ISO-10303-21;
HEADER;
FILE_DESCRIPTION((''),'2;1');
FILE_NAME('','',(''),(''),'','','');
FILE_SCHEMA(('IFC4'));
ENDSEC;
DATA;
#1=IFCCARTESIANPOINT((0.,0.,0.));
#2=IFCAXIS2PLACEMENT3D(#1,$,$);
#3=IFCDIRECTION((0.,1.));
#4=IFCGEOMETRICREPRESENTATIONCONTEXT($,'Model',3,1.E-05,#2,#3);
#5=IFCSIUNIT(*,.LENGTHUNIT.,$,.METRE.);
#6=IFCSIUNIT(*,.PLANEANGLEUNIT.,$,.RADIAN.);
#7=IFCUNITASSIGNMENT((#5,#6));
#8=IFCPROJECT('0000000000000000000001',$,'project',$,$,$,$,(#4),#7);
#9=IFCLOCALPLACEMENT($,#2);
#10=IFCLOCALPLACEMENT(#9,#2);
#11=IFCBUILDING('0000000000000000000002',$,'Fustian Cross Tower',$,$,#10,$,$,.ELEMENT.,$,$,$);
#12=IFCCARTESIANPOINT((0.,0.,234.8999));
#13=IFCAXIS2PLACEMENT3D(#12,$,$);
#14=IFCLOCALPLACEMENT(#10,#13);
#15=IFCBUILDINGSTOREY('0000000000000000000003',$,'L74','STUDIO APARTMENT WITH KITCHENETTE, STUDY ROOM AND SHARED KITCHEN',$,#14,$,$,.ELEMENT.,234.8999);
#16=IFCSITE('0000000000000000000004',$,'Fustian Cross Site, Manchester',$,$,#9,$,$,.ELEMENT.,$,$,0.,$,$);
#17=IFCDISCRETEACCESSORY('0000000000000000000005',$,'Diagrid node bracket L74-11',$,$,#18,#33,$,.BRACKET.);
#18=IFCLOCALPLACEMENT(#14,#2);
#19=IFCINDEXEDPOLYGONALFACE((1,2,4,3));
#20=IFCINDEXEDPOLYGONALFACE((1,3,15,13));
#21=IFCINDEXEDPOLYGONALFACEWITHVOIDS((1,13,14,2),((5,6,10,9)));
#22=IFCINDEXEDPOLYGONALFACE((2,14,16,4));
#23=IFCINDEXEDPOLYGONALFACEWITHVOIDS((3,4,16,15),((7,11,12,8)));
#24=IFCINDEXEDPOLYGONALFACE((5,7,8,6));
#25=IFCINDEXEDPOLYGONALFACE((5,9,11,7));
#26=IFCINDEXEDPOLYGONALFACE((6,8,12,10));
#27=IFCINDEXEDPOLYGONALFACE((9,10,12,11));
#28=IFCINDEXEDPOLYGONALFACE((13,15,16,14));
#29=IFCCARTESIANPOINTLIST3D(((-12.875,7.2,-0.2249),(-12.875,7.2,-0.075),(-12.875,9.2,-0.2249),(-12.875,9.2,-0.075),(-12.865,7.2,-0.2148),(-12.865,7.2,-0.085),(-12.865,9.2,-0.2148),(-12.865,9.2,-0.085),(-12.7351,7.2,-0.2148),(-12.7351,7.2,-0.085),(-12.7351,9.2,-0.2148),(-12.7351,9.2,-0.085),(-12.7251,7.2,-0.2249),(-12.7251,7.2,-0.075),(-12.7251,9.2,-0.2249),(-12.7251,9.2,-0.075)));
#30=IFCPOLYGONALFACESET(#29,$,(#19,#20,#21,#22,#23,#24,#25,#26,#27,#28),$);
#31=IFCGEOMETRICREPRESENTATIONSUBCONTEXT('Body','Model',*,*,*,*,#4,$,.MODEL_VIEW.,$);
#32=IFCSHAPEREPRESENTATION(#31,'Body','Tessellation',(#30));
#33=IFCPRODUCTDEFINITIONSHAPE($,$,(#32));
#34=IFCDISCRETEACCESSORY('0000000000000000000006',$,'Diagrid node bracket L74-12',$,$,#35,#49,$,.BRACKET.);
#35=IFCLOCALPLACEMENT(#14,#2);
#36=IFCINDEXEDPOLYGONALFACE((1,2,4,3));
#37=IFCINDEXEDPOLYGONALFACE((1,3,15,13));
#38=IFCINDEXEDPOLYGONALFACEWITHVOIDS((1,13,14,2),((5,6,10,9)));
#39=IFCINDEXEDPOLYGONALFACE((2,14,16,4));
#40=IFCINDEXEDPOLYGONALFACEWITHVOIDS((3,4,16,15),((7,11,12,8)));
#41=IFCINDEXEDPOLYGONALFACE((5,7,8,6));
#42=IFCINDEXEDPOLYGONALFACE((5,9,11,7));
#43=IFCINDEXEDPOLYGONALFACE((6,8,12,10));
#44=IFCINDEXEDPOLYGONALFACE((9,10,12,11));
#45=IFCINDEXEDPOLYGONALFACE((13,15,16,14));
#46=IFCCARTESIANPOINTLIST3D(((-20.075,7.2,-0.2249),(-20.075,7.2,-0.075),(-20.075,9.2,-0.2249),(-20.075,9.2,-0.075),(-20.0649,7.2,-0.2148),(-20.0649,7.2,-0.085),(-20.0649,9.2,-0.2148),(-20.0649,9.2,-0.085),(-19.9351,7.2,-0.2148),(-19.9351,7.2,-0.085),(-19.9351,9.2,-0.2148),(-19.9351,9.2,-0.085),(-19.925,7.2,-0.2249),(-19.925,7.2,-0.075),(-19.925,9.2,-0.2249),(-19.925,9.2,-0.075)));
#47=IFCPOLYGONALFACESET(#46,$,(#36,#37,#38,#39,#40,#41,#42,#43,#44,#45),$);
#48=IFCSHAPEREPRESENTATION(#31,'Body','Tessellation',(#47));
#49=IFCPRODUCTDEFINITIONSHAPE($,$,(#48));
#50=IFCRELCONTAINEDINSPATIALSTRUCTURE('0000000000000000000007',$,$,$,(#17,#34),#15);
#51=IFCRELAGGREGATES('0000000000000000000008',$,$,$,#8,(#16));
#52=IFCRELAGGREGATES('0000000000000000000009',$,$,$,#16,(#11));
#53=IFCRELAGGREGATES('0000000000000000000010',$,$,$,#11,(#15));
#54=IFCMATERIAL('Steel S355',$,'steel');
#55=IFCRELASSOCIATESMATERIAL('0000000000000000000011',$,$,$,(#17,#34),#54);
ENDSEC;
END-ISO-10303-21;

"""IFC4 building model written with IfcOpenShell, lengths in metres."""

from ifc_helpers import new_model, si_unit, direction, frame, origin, origin_2d, place, context, subcontext, project, spatial, hollow_rectangle, extrude, material, element, save


model = new_model("IFC4")

# Units and contexts
model_context = context("Model", 3, precision=1e-05, world=origin(), true_north=direction((0.0, 1.0)))
body_context = subcontext(model_context, "Body", "Model", "MODEL_VIEW")
ifc_project = project(units=[si_unit("LENGTHUNIT", "METRE"), si_unit("PLANEANGLEUNIT", "RADIAN")], contexts=[model_context])

# Site, building, storey
site_placement = place(None, origin())
site = spatial("IfcSite", under=ifc_project, at=site_placement, Name="Fustian Cross Site, Manchester", CompositionType="ELEMENT", RefElevation=0.0)
building_placement = place(site_placement, origin())
building = spatial("IfcBuilding", under=site, at=building_placement, Name="Fustian Cross Tower", CompositionType="ELEMENT")
storey_placement = place(building_placement, frame((0.0, 0.0, 234.8999)))
storey = spatial("IfcBuildingStorey", under=building, at=storey_placement, Name="L74", Description="STUDIO APARTMENT WITH KITCHENETTE, STUDY ROOM AND SHARED KITCHEN", CompositionType="ELEMENT", Elevation=234.8999)

# Discrete accessories
ifc_material_1 = material(Name="Steel S355", Category="steel")
for number, where, z_axis, x_axis, name in (
    (1, (-12.8, 9.2, -0.1499), (0.0, -1.0, 0.0), (1.0, 0.0, 0.0), "Diagrid node bracket L74-11"),
    (2, (-20.0, 9.2, -0.1499), (0.0, -1.0, 0.0), (1.0, 0.0, 0.0), "Diagrid node bracket L74-12"),
):
    element("IfcDiscreteAccessory", number, at=place(storey_placement, frame(where, z_axis=z_axis, x_axis=x_axis)), inside=storey, material=ifc_material_1, Name=name, PredefinedType="BRACKET", context=body_context, shape_type="SweptSolid", body=[
        extrude(hollow_rectangle(XDim=0.1499, YDim=0.1499, WallThickness=0.01, at=origin_2d()), origin(), (0.0, 0.0, 1.0), 2.0),
    ])

save(model, "model.ifc")
